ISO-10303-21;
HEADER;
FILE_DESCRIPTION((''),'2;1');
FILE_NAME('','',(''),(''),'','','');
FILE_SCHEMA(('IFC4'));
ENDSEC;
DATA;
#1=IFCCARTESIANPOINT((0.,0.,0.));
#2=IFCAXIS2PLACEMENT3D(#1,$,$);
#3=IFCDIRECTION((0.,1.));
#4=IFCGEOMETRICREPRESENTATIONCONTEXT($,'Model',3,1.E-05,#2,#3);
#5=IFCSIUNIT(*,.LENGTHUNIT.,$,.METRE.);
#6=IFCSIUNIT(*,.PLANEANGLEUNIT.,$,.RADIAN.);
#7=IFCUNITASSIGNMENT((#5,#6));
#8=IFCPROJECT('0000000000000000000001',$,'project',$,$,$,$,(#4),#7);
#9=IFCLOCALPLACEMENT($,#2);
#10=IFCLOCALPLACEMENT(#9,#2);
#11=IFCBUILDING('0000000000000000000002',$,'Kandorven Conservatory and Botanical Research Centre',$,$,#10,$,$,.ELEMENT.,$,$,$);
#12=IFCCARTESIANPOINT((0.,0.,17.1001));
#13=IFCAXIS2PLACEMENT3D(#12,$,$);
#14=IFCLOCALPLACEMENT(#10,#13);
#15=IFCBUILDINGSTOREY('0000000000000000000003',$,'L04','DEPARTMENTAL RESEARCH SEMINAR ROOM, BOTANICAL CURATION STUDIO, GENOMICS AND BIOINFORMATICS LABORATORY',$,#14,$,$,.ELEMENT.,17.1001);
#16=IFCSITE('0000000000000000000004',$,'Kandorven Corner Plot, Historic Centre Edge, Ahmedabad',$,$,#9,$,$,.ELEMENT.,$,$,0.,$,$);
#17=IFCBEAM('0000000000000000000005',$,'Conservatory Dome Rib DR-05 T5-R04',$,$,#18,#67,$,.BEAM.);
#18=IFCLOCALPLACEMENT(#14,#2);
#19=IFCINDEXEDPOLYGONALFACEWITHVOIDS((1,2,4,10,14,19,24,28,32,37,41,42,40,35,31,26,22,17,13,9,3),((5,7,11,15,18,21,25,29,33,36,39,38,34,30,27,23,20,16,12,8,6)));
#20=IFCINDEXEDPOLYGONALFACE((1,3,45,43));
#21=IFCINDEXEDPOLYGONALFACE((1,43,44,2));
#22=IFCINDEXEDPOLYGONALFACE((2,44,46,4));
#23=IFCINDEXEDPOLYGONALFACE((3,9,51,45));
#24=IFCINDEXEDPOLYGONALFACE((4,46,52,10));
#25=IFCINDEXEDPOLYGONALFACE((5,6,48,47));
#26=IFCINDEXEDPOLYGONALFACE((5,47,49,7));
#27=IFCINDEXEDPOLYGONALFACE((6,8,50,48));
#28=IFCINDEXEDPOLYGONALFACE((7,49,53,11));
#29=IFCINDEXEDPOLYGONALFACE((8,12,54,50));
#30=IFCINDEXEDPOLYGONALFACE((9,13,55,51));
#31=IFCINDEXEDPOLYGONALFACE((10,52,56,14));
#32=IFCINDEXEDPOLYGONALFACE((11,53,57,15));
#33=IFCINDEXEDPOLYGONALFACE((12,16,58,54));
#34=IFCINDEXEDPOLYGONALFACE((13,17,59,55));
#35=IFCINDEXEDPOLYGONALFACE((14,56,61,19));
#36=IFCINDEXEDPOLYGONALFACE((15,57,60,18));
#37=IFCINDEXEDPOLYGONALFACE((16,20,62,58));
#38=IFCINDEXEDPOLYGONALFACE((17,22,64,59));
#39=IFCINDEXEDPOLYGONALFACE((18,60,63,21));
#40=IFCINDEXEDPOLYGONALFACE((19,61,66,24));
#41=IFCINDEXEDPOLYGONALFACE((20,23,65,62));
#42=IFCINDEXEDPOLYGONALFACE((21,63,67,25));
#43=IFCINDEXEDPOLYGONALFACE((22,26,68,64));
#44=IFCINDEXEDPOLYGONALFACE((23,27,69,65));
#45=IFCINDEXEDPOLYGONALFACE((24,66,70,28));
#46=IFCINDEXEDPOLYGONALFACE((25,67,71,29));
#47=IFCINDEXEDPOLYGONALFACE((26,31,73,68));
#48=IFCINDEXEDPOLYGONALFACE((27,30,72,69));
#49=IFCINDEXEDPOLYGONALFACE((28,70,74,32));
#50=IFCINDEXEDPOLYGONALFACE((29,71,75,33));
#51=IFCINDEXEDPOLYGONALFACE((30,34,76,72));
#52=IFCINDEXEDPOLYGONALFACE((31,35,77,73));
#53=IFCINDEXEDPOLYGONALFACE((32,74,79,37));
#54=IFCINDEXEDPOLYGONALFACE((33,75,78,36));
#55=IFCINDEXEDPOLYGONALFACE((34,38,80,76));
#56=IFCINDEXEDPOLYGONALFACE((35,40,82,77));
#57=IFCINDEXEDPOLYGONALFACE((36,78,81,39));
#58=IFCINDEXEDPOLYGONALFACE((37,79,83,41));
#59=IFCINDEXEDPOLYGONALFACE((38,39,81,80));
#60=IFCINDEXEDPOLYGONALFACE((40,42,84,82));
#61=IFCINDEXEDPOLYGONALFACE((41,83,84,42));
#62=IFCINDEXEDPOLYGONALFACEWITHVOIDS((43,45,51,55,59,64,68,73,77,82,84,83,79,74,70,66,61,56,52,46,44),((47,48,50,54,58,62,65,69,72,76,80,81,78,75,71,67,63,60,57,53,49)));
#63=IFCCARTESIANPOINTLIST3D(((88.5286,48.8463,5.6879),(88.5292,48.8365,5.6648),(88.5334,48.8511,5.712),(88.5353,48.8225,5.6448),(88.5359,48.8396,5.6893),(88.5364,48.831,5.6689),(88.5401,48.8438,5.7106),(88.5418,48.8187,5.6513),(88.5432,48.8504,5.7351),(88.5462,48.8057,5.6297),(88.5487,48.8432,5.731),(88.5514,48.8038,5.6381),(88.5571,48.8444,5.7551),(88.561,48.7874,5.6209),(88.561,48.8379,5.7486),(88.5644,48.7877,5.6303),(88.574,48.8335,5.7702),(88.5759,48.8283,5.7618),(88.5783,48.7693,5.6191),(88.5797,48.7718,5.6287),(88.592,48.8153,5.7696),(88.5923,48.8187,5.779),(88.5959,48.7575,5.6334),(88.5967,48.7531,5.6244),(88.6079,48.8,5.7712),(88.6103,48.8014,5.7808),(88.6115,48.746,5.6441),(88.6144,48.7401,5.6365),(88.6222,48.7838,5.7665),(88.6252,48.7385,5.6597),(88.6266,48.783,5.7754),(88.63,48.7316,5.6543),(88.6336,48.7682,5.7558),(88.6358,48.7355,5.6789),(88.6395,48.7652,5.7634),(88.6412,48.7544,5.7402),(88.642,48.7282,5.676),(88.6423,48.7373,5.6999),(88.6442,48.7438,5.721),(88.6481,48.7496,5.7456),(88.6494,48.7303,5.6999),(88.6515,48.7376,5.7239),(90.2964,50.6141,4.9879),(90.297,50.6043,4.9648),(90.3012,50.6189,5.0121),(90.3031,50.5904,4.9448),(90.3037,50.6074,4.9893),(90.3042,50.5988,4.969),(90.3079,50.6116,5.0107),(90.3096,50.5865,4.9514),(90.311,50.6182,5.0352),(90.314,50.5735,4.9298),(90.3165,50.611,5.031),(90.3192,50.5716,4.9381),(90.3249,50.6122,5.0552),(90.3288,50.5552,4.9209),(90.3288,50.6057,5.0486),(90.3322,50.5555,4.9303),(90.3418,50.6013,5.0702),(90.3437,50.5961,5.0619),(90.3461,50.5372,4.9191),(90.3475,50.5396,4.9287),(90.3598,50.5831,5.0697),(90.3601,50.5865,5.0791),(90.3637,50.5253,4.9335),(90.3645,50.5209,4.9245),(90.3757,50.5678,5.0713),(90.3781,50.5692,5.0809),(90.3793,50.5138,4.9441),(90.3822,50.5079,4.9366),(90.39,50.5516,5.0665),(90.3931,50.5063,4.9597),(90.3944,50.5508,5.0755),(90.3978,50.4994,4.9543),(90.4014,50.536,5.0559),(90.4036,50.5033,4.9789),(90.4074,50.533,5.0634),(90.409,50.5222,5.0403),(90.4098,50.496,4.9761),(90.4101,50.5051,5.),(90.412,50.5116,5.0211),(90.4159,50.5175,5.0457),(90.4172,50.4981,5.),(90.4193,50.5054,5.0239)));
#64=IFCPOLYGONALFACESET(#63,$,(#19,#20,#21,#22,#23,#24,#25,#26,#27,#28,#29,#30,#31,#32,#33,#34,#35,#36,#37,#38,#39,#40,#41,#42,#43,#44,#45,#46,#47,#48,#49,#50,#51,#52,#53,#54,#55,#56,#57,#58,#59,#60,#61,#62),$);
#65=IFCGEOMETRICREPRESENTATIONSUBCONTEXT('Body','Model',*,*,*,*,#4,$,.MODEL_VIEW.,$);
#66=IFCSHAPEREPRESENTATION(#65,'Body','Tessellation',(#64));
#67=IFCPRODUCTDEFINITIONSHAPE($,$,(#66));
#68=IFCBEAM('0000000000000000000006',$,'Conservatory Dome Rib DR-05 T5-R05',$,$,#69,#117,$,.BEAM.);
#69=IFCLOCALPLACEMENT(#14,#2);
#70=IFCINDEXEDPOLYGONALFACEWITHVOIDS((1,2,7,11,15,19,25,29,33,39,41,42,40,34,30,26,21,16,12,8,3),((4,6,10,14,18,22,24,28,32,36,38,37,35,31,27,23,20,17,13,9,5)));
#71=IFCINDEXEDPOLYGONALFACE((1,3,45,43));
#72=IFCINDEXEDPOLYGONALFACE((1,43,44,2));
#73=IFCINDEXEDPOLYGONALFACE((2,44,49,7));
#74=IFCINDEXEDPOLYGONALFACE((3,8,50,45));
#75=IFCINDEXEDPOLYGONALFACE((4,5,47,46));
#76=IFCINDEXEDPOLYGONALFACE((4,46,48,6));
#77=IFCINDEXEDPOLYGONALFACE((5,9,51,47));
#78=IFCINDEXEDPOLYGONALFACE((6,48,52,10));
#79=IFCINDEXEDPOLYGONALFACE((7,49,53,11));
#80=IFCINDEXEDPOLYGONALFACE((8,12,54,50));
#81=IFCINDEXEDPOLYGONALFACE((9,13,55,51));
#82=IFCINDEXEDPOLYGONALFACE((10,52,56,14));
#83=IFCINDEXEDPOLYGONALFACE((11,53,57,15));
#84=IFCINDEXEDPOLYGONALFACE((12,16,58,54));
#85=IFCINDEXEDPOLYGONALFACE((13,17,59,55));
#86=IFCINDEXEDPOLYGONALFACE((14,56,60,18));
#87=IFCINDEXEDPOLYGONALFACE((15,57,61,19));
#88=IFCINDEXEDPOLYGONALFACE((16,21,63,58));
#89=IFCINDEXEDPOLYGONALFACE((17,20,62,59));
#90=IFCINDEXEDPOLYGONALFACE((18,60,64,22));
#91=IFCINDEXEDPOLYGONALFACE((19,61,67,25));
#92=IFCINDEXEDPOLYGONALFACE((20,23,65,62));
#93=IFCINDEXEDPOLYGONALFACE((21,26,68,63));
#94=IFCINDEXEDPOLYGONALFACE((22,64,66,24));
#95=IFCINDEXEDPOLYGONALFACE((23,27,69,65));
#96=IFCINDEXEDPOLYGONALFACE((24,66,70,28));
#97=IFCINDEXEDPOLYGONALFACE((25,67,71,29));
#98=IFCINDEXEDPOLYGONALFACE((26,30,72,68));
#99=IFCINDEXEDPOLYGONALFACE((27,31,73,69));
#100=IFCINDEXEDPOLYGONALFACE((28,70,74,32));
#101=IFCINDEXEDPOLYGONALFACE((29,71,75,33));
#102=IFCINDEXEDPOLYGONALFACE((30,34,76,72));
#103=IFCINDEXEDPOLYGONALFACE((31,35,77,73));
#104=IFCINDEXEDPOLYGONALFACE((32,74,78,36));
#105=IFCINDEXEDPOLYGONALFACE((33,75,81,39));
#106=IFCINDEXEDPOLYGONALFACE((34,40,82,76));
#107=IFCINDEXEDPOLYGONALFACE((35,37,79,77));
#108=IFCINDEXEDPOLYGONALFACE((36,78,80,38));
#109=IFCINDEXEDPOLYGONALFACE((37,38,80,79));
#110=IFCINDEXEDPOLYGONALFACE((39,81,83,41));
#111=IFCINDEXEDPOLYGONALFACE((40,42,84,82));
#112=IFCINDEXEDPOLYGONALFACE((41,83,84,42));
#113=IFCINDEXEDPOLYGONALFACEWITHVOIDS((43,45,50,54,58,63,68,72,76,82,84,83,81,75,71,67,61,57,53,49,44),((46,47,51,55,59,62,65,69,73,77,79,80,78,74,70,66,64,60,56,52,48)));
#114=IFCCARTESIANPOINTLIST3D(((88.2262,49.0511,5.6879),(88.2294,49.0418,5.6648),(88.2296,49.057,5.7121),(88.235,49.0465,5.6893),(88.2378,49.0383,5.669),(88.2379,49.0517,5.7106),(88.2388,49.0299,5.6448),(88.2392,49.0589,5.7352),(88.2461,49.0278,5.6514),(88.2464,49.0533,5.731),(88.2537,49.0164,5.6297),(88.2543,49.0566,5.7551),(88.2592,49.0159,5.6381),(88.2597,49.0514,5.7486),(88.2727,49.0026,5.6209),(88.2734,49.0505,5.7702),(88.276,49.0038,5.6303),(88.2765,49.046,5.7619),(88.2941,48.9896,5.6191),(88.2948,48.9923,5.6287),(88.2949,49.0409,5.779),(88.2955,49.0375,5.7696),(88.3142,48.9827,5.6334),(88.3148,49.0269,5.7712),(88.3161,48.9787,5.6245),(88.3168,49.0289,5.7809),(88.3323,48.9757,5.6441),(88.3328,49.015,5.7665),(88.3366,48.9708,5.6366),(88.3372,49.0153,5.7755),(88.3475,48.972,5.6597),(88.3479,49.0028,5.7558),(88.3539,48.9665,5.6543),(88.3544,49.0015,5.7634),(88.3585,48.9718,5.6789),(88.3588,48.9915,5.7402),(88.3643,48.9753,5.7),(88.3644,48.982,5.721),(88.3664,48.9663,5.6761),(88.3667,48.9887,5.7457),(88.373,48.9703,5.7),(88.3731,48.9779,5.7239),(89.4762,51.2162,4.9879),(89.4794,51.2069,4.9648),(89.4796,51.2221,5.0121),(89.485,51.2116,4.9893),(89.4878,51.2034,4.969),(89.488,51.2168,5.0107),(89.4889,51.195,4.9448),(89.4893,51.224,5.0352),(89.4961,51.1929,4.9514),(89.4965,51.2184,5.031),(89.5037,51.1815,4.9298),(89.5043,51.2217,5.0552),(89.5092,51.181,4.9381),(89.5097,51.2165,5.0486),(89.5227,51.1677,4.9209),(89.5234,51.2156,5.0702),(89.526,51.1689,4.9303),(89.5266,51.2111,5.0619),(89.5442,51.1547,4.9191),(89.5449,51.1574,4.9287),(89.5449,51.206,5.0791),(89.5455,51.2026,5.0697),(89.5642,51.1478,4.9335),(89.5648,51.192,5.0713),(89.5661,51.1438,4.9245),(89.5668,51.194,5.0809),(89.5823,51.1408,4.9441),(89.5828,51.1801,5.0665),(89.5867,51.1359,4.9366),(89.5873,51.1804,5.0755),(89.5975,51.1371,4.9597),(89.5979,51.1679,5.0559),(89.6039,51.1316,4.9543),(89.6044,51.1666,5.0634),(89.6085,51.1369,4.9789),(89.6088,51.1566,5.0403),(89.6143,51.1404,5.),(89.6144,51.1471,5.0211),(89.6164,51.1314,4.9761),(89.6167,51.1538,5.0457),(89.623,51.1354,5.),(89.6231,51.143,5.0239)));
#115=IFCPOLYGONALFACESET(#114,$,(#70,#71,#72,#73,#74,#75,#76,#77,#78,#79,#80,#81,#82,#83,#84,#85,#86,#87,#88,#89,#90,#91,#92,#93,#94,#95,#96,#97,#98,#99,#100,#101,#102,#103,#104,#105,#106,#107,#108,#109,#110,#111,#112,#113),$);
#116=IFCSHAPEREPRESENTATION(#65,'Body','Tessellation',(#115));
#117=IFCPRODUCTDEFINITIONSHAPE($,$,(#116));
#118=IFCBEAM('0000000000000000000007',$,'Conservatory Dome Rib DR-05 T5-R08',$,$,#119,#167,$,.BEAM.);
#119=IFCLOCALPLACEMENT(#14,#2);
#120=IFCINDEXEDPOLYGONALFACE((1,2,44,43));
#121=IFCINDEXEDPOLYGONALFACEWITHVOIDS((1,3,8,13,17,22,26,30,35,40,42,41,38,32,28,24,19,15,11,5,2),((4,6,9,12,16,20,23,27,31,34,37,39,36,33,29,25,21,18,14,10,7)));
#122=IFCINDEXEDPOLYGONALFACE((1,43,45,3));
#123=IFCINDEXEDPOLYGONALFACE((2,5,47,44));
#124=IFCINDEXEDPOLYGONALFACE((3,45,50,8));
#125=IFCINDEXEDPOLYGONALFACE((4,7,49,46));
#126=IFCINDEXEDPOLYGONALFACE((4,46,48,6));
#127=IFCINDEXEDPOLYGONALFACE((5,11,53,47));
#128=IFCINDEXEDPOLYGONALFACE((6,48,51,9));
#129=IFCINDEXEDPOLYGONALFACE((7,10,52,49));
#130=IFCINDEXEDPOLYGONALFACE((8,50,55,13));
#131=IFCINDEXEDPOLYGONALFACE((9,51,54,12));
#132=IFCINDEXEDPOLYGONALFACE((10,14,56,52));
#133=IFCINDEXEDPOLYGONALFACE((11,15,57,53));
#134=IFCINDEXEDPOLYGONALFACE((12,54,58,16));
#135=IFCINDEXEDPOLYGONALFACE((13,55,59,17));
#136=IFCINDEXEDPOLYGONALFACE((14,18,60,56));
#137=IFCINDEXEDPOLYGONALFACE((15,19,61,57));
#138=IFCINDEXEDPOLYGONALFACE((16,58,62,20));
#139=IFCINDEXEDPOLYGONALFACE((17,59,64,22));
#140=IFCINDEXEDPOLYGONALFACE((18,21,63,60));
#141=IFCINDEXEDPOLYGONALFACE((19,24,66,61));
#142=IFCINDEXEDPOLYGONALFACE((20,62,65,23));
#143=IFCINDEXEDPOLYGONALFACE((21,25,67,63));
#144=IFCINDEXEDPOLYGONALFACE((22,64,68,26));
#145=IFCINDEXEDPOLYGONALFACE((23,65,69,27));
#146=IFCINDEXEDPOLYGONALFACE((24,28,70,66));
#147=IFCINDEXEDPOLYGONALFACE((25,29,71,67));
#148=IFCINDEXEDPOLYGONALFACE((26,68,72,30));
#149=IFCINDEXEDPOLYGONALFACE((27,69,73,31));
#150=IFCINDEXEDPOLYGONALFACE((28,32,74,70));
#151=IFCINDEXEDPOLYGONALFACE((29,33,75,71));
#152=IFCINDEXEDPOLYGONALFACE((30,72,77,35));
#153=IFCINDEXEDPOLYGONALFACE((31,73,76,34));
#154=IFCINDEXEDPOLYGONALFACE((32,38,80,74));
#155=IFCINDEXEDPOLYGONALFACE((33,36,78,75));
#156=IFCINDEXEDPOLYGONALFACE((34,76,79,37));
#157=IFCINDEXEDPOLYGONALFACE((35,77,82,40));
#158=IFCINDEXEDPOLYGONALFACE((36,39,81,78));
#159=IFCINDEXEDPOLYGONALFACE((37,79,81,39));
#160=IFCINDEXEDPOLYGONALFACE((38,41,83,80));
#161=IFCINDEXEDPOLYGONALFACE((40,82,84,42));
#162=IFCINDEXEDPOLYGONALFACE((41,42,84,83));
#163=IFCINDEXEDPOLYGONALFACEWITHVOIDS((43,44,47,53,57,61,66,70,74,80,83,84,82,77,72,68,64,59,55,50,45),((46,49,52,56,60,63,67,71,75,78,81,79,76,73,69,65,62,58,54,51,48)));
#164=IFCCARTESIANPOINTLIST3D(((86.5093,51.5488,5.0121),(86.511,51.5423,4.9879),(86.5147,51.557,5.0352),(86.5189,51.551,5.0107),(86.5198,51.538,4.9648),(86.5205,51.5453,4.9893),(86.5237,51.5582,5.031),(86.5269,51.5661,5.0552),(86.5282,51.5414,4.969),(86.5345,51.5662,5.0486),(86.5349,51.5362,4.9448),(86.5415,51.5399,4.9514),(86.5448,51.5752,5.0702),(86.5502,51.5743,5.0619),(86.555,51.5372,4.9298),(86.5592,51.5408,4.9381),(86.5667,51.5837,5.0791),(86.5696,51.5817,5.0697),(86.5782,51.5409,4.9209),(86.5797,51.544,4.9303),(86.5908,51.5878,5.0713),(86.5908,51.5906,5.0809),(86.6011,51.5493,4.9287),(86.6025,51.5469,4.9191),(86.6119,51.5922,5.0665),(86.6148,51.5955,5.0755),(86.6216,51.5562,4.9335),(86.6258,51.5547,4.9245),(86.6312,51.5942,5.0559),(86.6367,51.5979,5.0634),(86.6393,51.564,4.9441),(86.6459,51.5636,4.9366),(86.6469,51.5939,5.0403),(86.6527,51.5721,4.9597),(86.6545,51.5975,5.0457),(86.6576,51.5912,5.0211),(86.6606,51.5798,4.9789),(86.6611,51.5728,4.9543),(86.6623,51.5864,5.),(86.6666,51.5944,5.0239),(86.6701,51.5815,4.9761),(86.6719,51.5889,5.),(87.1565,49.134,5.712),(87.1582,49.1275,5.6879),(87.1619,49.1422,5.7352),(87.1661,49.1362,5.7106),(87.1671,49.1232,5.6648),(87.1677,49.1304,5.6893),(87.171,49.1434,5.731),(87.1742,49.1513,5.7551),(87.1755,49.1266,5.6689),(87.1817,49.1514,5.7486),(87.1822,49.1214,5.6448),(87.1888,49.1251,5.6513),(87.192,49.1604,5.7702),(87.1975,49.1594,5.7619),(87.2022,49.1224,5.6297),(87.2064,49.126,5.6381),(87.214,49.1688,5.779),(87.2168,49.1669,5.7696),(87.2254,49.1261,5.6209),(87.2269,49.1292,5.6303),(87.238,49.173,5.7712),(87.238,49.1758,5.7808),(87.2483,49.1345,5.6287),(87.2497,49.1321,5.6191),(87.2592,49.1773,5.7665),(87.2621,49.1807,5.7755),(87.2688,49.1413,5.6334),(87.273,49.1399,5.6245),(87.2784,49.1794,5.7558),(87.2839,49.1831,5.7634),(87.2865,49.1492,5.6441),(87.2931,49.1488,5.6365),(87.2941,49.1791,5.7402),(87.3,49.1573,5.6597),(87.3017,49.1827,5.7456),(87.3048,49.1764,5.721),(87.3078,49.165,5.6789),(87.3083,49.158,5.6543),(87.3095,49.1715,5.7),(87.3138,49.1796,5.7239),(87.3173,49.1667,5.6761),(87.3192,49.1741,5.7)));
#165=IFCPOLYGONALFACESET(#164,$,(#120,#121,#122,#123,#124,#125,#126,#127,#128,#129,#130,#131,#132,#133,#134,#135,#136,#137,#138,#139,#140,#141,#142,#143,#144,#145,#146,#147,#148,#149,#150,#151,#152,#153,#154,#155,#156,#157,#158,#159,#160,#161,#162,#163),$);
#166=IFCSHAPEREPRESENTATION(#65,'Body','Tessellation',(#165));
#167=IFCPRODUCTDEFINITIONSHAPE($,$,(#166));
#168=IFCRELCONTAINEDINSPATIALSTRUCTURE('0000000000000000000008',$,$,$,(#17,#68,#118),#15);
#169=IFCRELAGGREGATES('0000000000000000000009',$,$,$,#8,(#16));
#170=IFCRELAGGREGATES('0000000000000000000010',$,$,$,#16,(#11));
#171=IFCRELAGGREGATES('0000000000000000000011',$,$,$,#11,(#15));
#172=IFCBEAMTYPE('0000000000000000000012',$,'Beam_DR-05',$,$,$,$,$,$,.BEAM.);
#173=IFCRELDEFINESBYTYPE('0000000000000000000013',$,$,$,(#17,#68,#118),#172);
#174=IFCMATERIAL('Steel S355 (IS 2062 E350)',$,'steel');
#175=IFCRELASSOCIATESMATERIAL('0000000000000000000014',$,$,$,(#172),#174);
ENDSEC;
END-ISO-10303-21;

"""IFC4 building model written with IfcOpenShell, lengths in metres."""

from ifc_helpers import new_model, si_unit, direction, frame, origin, origin_2d, place, context, subcontext, project, spatial, hollow_circle, extrude, material, material_profile, profile_set, type_object, element, save


model = new_model("IFC4")

# Units and contexts
model_context = context("Model", 3, precision=1e-05, world=origin(), true_north=direction((0.0, 1.0)))
body_context = subcontext(model_context, "Body", "Model", "MODEL_VIEW")
ifc_project = project(units=[si_unit("LENGTHUNIT", "METRE"), si_unit("PLANEANGLEUNIT", "RADIAN")], contexts=[model_context])

# Site, building, storey
site_placement = place(None, origin())
site = spatial("IfcSite", under=ifc_project, at=site_placement, Name="Kandorven Corner Plot, Historic Centre Edge, Ahmedabad", CompositionType="ELEMENT", RefElevation=0.0)
building_placement = place(site_placement, origin())
building = spatial("IfcBuilding", under=site, at=building_placement, Name="Kandorven Conservatory and Botanical Research Centre", CompositionType="ELEMENT")
storey_placement = place(building_placement, frame((0.0, 0.0, 17.1001)))
storey = spatial("IfcBuildingStorey", under=building, at=storey_placement, Name="L04", Description="DEPARTMENTAL RESEARCH SEMINAR ROOM, BOTANICAL CURATION STUDIO, GENOMICS AND BIOINFORMATICS LABORATORY", CompositionType="ELEMENT", Elevation=17.1001)

# Beams
ifc_material_1 = material(Name="Steel S355 (IS 2062 E350)", Category="steel")
ifc_material_profile_1 = material_profile(ifc_material_1, hollow_circle(Radius=0.0842, WallThickness=0.01, at=origin_2d()))
ifc_profile_set_1 = profile_set([ifc_material_profile_1], Name="Steel S355 (IS 2062 E350)")
beam_type = type_object("IfcBeamType", Name="Beam_DR-05", PredefinedType="BEAM", material=ifc_profile_set_1)
for number, where, z_axis, x_axis, name in (
    (1, (90.3577, 50.5576, 5.0), (-0.680923, -0.680923, 0.269605), (0.707107, -0.707107, 0.0), "Conservatory Dome Rib DR-05 T5-R04"),
    (2, (89.55, 51.1775, 5.0), (-0.481488, -0.833953, 0.269615), (0.866023, -0.500004, 0.0), "Conservatory Dome Rib DR-05 T5-R05"),
    (3, (86.5906, 51.5671, 5.0), (0.249298, -0.93014, 0.26961), (0.965908, 0.258884, 0.0), "Conservatory Dome Rib DR-05 T5-R08"),
):
    element("IfcBeam", number, at=place(storey_placement, frame(where, z_axis=z_axis, x_axis=x_axis)), inside=storey, type_object=beam_type, Name=name, PredefinedType="BEAM", context=body_context, shape_type="SweptSolid", body=[
        extrude(hollow_circle(Radius=0.0842, WallThickness=0.01, at=origin_2d()), origin(), (0.0, 0.0, 1.0), 2.5962),
    ])

save(model, "model.ifc")
